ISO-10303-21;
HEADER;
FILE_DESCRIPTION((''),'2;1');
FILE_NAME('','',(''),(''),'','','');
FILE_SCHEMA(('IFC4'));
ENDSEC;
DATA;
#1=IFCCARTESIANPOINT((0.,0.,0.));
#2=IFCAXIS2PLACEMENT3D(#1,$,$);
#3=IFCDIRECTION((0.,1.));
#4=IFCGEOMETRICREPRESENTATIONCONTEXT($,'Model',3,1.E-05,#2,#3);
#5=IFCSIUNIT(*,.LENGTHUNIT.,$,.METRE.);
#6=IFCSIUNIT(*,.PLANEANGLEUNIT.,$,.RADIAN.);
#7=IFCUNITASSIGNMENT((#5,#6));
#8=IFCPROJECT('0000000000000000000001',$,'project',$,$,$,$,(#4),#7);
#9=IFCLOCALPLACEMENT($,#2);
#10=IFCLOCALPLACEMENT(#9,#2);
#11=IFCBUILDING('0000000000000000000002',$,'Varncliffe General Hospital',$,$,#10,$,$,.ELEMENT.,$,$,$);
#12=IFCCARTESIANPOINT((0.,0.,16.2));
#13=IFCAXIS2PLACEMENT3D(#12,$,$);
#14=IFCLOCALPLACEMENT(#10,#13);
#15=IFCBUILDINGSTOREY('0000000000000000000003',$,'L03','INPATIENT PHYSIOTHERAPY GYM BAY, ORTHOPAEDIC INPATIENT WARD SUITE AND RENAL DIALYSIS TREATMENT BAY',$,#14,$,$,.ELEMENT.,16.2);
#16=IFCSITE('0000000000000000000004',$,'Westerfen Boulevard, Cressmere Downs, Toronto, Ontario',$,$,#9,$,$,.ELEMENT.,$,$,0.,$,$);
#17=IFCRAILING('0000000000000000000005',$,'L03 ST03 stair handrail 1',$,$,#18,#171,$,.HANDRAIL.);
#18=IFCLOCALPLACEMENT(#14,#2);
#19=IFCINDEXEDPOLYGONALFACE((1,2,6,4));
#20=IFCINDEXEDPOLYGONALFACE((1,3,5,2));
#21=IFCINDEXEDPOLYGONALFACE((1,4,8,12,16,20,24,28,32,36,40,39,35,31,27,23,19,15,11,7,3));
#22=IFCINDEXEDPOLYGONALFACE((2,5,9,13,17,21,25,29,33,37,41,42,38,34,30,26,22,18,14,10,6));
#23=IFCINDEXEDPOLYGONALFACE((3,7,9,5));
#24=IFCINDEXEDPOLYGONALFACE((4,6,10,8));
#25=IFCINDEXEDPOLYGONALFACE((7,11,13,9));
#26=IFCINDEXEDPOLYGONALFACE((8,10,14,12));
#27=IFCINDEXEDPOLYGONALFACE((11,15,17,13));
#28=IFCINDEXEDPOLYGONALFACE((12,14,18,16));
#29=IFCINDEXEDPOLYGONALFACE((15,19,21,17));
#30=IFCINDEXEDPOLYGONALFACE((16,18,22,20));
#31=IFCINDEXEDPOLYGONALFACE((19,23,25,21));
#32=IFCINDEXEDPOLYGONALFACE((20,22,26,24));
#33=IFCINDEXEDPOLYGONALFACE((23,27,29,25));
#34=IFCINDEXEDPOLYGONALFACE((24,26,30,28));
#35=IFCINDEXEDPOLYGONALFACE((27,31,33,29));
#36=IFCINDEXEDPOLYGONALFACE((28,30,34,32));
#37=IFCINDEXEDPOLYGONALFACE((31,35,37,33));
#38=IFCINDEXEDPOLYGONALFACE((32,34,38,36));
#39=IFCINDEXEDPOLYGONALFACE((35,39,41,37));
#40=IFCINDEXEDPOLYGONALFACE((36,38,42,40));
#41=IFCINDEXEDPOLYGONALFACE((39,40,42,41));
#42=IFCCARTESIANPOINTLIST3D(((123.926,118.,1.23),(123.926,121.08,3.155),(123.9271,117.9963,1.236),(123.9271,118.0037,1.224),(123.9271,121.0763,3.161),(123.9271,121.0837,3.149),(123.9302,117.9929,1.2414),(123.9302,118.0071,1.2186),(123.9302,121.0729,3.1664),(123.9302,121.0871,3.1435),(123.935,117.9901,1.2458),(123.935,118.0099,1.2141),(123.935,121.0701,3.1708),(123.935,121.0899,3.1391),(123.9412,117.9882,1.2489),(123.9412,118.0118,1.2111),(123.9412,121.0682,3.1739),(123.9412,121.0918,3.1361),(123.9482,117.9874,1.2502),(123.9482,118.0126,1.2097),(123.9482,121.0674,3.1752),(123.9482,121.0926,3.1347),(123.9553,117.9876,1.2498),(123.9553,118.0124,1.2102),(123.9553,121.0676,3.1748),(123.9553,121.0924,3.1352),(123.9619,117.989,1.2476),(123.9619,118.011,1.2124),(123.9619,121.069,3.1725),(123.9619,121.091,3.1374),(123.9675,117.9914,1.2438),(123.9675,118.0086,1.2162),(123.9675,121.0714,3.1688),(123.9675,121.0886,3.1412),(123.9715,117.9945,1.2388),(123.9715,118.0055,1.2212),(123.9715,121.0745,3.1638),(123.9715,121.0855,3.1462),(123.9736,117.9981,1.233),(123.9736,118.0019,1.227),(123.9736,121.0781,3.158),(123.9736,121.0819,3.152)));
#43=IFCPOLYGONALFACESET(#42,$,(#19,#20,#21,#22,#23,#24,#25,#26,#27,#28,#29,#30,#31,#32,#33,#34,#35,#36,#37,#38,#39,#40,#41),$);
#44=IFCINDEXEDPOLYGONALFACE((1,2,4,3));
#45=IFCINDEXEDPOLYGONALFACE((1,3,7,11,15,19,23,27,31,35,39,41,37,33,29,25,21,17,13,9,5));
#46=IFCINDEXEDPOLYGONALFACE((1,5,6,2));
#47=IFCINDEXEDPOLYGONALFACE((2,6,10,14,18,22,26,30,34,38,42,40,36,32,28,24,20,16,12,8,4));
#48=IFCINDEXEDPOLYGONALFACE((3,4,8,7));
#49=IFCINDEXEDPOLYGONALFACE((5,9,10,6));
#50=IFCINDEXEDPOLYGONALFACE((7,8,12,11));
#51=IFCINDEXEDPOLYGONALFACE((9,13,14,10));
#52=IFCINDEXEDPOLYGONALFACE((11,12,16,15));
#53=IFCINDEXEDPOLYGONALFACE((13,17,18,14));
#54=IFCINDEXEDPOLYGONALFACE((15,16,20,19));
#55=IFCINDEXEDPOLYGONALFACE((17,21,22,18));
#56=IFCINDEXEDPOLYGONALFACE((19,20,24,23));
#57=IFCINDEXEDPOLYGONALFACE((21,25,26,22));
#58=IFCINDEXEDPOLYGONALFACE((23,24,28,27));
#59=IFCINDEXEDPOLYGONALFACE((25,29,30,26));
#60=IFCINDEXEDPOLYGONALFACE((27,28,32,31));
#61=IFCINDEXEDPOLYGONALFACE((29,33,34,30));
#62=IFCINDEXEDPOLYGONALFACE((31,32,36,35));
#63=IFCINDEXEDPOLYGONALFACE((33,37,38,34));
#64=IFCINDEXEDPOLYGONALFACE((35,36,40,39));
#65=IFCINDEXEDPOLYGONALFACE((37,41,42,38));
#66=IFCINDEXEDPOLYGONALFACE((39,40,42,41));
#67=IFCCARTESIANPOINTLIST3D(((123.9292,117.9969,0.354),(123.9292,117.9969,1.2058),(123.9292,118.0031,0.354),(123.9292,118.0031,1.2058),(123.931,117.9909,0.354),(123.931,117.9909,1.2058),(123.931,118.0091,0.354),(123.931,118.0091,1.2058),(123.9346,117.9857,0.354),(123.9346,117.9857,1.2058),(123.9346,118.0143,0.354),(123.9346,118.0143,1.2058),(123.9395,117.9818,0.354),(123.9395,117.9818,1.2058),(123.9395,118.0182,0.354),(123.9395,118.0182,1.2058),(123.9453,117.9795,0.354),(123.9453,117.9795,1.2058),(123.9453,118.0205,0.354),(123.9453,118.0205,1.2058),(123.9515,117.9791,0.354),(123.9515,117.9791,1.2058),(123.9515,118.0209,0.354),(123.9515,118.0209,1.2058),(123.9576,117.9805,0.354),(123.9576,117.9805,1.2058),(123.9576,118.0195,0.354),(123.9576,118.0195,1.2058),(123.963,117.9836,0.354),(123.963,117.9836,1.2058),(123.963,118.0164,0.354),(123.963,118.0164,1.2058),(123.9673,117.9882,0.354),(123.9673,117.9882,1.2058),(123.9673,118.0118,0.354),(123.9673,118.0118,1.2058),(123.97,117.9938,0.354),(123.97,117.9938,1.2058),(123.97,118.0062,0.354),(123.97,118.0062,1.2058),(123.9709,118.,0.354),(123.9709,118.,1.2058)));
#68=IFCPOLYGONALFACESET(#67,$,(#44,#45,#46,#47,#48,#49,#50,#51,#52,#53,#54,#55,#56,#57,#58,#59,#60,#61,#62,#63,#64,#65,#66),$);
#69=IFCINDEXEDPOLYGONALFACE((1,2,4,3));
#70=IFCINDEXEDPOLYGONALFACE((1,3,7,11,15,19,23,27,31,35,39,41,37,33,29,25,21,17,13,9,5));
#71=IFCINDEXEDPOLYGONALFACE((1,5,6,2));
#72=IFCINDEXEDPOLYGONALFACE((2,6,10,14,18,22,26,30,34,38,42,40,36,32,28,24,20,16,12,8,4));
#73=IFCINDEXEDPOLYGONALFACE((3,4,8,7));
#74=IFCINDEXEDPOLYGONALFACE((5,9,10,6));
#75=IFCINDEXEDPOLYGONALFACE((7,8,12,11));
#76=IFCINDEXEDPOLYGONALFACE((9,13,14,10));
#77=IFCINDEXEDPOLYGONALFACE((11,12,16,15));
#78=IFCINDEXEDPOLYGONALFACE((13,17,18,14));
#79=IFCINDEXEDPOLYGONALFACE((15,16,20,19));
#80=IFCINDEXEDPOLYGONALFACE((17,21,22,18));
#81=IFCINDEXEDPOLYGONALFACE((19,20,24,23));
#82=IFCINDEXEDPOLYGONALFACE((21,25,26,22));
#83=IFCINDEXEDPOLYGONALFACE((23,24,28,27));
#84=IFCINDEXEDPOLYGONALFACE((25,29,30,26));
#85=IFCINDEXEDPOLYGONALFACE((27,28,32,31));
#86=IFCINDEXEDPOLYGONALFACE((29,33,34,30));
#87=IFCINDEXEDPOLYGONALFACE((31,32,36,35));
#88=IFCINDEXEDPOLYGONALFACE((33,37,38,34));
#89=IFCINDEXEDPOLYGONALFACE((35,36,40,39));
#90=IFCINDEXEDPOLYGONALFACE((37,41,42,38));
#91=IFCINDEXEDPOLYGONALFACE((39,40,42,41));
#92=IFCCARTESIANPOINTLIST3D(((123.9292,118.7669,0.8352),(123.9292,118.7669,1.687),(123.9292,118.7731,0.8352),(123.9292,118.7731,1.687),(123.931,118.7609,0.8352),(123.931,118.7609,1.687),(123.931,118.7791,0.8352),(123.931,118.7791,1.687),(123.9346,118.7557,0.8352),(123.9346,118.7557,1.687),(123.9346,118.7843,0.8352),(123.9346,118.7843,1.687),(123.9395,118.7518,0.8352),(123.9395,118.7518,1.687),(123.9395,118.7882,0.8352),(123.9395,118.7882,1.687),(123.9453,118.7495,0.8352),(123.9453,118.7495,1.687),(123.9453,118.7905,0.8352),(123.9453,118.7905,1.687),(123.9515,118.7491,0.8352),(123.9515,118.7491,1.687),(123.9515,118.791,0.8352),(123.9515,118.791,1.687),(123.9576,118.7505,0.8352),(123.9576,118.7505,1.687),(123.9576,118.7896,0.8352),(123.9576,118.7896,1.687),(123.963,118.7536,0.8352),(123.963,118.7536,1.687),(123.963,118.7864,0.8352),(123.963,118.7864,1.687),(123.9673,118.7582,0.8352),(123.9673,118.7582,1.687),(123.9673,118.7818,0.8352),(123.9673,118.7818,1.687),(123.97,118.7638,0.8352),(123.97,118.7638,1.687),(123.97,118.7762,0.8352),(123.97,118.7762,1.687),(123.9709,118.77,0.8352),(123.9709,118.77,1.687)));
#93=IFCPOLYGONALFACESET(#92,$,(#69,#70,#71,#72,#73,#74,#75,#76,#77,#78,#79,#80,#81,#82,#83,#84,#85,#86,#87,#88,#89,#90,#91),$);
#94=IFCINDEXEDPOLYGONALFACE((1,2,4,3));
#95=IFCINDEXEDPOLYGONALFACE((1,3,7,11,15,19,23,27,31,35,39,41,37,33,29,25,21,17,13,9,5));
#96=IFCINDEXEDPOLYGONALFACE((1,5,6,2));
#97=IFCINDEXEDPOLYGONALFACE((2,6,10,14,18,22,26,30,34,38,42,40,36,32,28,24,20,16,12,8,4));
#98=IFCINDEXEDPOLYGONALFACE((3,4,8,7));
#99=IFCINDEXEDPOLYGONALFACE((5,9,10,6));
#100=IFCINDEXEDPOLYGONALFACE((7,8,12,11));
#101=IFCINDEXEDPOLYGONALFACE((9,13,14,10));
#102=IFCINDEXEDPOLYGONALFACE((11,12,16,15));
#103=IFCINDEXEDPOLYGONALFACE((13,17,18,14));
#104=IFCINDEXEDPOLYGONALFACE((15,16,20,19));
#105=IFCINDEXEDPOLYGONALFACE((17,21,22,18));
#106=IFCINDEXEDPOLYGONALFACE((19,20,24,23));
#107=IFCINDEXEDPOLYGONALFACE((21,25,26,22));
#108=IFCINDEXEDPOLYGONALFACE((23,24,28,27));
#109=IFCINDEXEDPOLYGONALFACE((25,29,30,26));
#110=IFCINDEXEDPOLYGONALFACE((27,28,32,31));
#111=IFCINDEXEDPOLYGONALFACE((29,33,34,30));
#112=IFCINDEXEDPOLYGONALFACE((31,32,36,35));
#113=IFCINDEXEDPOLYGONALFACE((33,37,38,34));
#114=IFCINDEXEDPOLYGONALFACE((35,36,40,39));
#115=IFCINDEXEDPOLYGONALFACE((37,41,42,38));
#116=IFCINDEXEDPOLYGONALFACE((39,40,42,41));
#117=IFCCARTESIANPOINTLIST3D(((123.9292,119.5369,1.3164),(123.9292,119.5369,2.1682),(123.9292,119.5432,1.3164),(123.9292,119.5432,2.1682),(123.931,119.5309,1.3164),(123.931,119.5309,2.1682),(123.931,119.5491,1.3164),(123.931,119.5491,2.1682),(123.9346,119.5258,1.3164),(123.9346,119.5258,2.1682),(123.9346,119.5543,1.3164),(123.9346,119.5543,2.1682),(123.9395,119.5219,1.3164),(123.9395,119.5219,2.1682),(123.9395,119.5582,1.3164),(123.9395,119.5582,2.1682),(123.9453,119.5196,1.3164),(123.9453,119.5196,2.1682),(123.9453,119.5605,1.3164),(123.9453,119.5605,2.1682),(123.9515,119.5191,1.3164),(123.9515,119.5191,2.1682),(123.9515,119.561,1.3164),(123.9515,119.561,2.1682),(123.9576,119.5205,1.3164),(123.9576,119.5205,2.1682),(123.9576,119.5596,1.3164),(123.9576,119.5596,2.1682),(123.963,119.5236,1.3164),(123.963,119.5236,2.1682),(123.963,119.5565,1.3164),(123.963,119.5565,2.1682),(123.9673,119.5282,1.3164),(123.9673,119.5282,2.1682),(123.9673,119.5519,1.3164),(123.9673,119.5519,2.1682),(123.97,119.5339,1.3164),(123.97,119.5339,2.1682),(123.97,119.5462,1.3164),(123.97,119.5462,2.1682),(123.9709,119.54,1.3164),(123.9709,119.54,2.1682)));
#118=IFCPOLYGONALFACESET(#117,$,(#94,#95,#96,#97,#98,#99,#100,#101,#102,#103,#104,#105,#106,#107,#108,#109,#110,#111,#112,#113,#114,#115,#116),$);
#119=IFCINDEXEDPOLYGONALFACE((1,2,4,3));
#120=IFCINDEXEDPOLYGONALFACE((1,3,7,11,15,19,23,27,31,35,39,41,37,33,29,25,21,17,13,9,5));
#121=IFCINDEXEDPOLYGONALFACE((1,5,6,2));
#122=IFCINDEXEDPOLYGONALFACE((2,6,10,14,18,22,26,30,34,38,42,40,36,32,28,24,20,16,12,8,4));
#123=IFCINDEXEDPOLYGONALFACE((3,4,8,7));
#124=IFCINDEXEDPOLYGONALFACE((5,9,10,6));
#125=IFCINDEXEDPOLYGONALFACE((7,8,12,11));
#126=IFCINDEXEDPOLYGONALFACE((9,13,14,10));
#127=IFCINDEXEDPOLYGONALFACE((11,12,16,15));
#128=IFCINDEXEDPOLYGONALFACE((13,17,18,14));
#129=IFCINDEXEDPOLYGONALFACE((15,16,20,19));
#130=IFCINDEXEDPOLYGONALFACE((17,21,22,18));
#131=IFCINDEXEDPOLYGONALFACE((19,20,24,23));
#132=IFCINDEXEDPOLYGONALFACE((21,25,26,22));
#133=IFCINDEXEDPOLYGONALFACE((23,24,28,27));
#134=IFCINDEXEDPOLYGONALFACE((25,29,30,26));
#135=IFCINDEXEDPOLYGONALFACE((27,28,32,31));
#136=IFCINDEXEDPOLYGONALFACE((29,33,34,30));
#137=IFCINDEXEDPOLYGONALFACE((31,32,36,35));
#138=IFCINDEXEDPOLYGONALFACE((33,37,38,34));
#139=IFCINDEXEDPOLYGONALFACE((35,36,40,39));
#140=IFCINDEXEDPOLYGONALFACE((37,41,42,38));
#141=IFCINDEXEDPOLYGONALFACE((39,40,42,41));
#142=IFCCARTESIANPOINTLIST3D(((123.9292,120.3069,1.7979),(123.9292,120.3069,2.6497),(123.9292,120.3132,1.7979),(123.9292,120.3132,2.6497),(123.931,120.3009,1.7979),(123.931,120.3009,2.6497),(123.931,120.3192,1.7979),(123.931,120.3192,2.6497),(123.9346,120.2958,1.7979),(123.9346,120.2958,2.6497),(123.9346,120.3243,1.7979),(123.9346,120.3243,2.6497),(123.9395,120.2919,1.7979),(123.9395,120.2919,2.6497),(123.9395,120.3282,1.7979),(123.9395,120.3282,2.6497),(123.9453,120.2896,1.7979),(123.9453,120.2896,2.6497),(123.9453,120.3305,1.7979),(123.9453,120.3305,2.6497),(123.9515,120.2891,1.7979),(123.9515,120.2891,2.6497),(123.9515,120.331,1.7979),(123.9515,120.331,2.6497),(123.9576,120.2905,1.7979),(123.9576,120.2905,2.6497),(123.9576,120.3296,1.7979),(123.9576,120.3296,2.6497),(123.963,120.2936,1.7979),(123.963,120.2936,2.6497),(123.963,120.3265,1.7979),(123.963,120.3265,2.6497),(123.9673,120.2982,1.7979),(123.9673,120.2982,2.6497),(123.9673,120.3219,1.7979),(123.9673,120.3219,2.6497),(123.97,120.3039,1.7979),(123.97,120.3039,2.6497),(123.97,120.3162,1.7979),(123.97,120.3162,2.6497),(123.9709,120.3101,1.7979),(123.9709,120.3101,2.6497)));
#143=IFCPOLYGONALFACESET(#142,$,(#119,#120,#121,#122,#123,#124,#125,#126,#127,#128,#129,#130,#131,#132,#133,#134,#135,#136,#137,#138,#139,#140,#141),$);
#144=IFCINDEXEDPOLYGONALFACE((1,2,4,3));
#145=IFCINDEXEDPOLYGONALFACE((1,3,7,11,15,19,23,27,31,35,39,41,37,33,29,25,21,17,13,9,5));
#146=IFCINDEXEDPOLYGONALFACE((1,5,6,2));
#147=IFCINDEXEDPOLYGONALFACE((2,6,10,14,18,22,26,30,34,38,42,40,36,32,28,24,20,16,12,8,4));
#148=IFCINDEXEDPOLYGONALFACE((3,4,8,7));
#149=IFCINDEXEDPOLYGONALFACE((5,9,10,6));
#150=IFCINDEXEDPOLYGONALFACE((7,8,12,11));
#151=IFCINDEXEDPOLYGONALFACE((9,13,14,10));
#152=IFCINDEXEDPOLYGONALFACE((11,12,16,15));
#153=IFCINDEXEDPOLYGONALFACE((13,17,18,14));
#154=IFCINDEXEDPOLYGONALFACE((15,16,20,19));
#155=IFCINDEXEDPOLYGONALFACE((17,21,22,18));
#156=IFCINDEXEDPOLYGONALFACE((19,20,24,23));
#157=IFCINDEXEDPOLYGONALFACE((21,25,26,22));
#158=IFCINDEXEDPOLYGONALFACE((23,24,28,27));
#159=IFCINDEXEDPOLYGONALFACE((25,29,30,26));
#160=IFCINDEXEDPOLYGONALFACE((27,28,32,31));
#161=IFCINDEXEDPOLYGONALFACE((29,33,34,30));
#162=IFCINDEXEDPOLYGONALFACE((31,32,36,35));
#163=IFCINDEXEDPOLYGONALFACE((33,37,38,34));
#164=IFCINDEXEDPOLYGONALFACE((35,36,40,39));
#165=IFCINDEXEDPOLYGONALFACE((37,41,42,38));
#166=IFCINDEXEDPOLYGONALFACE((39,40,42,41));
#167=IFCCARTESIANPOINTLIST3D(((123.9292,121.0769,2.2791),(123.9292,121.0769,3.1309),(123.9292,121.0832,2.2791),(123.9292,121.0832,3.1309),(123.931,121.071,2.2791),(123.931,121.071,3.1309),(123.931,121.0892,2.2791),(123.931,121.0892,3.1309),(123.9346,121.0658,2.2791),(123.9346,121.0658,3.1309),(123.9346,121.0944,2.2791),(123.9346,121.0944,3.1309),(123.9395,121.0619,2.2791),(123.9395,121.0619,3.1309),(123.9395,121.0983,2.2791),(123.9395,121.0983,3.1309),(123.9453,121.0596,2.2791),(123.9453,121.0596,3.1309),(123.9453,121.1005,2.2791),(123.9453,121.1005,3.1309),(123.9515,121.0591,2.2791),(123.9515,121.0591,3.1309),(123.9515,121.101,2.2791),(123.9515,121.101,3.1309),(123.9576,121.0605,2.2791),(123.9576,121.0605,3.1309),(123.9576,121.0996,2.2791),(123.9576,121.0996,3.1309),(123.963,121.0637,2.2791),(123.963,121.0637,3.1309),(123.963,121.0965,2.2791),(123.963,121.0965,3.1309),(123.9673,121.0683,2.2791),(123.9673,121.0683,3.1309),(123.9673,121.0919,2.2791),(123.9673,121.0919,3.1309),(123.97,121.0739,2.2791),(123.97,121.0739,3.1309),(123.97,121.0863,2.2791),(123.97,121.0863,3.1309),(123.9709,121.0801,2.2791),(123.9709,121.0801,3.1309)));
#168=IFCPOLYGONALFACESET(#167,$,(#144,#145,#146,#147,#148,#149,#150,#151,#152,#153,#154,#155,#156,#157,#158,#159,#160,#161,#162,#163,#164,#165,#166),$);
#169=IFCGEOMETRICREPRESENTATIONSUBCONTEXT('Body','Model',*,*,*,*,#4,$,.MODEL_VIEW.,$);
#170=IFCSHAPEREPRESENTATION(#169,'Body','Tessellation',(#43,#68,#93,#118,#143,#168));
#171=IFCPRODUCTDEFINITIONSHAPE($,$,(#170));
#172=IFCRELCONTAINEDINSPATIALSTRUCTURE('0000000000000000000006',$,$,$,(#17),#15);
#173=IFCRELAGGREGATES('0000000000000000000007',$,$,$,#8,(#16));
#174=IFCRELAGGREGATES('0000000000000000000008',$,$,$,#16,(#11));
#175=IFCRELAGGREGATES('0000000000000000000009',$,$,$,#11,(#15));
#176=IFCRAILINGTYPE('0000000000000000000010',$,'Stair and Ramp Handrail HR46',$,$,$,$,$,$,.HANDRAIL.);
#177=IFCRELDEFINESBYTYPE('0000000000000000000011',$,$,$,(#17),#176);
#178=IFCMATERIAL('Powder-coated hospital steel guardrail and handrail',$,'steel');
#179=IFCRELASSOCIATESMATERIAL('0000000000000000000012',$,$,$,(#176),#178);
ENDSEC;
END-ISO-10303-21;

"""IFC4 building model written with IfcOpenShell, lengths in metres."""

from ifc_helpers import new_model, si_unit, direction, frame, origin, origin_2d, place, context, subcontext, project, spatial, circle, extrude, material, type_object, element, save


model = new_model("IFC4")

# Units and contexts
model_context = context("Model", 3, precision=1e-05, world=origin(), true_north=direction((0.0, 1.0)))
body_context = subcontext(model_context, "Body", "Model", "MODEL_VIEW")
ifc_project = project(units=[si_unit("LENGTHUNIT", "METRE"), si_unit("PLANEANGLEUNIT", "RADIAN")], contexts=[model_context])

# Site, building, storey
site_placement = place(None, origin())
site = spatial("IfcSite", under=ifc_project, at=site_placement, Name="Westerfen Boulevard, Cressmere Downs, Toronto, Ontario", CompositionType="ELEMENT", RefElevation=0.0)
building_placement = place(site_placement, origin())
building = spatial("IfcBuilding", under=site, at=building_placement, Name="Varncliffe General Hospital", CompositionType="ELEMENT")
storey_placement = place(building_placement, frame((0.0, 0.0, 16.2)))
storey = spatial("IfcBuildingStorey", under=building, at=storey_placement, Name="L03", Description="INPATIENT PHYSIOTHERAPY GYM BAY, ORTHOPAEDIC INPATIENT WARD SUITE AND RENAL DIALYSIS TREATMENT BAY", CompositionType="ELEMENT", Elevation=16.2)

# Railing
ifc_material_1 = material(Name="Powder-coated hospital steel guardrail and handrail", Category="steel")
railing_type_1 = type_object("IfcRailingType", Name="Stair and Ramp Handrail HR46", PredefinedType="HANDRAIL", material=ifc_material_1)
railing_1_placement = place(storey_placement, frame((123.95, 118.0, 0.354)))
element("IfcRailing", 1, at=railing_1_placement, inside=storey, type_object=railing_type_1, Name="L03 ST03 stair handrail 1", PredefinedType="HANDRAIL", context=body_context, shape_type="SweptSolid", body=[
    extrude(circle(Radius=0.0239, at=origin_2d()), frame((0.0, 0.0, 0.876), z_axis=(0.0, 0.847998, 0.529999), x_axis=(-1.0, 0.0, 0.0)), (0.0, 0.0, 1.0), 3.6321),
    extrude(circle(Radius=0.021, at=origin_2d()), origin(), (0.0, 0.0, 1.0), 0.8518),
    extrude(circle(Radius=0.021, at=origin_2d()), frame((0.0, 0.77, 0.4812)), (0.0, 0.0, 1.0), 0.8518),
    extrude(circle(Radius=0.021, at=origin_2d()), frame((0.0, 1.54, 0.9624)), (0.0, 0.0, 1.0), 0.8518),
    extrude(circle(Radius=0.021, at=origin_2d()), frame((0.0, 2.3101, 1.4438)), (0.0, 0.0, 1.0), 0.8518),
    extrude(circle(Radius=0.021, at=origin_2d()), frame((0.0, 3.0801, 1.925)), (0.0, 0.0, 1.0), 0.8518),
])

save(model, "model.ifc")
